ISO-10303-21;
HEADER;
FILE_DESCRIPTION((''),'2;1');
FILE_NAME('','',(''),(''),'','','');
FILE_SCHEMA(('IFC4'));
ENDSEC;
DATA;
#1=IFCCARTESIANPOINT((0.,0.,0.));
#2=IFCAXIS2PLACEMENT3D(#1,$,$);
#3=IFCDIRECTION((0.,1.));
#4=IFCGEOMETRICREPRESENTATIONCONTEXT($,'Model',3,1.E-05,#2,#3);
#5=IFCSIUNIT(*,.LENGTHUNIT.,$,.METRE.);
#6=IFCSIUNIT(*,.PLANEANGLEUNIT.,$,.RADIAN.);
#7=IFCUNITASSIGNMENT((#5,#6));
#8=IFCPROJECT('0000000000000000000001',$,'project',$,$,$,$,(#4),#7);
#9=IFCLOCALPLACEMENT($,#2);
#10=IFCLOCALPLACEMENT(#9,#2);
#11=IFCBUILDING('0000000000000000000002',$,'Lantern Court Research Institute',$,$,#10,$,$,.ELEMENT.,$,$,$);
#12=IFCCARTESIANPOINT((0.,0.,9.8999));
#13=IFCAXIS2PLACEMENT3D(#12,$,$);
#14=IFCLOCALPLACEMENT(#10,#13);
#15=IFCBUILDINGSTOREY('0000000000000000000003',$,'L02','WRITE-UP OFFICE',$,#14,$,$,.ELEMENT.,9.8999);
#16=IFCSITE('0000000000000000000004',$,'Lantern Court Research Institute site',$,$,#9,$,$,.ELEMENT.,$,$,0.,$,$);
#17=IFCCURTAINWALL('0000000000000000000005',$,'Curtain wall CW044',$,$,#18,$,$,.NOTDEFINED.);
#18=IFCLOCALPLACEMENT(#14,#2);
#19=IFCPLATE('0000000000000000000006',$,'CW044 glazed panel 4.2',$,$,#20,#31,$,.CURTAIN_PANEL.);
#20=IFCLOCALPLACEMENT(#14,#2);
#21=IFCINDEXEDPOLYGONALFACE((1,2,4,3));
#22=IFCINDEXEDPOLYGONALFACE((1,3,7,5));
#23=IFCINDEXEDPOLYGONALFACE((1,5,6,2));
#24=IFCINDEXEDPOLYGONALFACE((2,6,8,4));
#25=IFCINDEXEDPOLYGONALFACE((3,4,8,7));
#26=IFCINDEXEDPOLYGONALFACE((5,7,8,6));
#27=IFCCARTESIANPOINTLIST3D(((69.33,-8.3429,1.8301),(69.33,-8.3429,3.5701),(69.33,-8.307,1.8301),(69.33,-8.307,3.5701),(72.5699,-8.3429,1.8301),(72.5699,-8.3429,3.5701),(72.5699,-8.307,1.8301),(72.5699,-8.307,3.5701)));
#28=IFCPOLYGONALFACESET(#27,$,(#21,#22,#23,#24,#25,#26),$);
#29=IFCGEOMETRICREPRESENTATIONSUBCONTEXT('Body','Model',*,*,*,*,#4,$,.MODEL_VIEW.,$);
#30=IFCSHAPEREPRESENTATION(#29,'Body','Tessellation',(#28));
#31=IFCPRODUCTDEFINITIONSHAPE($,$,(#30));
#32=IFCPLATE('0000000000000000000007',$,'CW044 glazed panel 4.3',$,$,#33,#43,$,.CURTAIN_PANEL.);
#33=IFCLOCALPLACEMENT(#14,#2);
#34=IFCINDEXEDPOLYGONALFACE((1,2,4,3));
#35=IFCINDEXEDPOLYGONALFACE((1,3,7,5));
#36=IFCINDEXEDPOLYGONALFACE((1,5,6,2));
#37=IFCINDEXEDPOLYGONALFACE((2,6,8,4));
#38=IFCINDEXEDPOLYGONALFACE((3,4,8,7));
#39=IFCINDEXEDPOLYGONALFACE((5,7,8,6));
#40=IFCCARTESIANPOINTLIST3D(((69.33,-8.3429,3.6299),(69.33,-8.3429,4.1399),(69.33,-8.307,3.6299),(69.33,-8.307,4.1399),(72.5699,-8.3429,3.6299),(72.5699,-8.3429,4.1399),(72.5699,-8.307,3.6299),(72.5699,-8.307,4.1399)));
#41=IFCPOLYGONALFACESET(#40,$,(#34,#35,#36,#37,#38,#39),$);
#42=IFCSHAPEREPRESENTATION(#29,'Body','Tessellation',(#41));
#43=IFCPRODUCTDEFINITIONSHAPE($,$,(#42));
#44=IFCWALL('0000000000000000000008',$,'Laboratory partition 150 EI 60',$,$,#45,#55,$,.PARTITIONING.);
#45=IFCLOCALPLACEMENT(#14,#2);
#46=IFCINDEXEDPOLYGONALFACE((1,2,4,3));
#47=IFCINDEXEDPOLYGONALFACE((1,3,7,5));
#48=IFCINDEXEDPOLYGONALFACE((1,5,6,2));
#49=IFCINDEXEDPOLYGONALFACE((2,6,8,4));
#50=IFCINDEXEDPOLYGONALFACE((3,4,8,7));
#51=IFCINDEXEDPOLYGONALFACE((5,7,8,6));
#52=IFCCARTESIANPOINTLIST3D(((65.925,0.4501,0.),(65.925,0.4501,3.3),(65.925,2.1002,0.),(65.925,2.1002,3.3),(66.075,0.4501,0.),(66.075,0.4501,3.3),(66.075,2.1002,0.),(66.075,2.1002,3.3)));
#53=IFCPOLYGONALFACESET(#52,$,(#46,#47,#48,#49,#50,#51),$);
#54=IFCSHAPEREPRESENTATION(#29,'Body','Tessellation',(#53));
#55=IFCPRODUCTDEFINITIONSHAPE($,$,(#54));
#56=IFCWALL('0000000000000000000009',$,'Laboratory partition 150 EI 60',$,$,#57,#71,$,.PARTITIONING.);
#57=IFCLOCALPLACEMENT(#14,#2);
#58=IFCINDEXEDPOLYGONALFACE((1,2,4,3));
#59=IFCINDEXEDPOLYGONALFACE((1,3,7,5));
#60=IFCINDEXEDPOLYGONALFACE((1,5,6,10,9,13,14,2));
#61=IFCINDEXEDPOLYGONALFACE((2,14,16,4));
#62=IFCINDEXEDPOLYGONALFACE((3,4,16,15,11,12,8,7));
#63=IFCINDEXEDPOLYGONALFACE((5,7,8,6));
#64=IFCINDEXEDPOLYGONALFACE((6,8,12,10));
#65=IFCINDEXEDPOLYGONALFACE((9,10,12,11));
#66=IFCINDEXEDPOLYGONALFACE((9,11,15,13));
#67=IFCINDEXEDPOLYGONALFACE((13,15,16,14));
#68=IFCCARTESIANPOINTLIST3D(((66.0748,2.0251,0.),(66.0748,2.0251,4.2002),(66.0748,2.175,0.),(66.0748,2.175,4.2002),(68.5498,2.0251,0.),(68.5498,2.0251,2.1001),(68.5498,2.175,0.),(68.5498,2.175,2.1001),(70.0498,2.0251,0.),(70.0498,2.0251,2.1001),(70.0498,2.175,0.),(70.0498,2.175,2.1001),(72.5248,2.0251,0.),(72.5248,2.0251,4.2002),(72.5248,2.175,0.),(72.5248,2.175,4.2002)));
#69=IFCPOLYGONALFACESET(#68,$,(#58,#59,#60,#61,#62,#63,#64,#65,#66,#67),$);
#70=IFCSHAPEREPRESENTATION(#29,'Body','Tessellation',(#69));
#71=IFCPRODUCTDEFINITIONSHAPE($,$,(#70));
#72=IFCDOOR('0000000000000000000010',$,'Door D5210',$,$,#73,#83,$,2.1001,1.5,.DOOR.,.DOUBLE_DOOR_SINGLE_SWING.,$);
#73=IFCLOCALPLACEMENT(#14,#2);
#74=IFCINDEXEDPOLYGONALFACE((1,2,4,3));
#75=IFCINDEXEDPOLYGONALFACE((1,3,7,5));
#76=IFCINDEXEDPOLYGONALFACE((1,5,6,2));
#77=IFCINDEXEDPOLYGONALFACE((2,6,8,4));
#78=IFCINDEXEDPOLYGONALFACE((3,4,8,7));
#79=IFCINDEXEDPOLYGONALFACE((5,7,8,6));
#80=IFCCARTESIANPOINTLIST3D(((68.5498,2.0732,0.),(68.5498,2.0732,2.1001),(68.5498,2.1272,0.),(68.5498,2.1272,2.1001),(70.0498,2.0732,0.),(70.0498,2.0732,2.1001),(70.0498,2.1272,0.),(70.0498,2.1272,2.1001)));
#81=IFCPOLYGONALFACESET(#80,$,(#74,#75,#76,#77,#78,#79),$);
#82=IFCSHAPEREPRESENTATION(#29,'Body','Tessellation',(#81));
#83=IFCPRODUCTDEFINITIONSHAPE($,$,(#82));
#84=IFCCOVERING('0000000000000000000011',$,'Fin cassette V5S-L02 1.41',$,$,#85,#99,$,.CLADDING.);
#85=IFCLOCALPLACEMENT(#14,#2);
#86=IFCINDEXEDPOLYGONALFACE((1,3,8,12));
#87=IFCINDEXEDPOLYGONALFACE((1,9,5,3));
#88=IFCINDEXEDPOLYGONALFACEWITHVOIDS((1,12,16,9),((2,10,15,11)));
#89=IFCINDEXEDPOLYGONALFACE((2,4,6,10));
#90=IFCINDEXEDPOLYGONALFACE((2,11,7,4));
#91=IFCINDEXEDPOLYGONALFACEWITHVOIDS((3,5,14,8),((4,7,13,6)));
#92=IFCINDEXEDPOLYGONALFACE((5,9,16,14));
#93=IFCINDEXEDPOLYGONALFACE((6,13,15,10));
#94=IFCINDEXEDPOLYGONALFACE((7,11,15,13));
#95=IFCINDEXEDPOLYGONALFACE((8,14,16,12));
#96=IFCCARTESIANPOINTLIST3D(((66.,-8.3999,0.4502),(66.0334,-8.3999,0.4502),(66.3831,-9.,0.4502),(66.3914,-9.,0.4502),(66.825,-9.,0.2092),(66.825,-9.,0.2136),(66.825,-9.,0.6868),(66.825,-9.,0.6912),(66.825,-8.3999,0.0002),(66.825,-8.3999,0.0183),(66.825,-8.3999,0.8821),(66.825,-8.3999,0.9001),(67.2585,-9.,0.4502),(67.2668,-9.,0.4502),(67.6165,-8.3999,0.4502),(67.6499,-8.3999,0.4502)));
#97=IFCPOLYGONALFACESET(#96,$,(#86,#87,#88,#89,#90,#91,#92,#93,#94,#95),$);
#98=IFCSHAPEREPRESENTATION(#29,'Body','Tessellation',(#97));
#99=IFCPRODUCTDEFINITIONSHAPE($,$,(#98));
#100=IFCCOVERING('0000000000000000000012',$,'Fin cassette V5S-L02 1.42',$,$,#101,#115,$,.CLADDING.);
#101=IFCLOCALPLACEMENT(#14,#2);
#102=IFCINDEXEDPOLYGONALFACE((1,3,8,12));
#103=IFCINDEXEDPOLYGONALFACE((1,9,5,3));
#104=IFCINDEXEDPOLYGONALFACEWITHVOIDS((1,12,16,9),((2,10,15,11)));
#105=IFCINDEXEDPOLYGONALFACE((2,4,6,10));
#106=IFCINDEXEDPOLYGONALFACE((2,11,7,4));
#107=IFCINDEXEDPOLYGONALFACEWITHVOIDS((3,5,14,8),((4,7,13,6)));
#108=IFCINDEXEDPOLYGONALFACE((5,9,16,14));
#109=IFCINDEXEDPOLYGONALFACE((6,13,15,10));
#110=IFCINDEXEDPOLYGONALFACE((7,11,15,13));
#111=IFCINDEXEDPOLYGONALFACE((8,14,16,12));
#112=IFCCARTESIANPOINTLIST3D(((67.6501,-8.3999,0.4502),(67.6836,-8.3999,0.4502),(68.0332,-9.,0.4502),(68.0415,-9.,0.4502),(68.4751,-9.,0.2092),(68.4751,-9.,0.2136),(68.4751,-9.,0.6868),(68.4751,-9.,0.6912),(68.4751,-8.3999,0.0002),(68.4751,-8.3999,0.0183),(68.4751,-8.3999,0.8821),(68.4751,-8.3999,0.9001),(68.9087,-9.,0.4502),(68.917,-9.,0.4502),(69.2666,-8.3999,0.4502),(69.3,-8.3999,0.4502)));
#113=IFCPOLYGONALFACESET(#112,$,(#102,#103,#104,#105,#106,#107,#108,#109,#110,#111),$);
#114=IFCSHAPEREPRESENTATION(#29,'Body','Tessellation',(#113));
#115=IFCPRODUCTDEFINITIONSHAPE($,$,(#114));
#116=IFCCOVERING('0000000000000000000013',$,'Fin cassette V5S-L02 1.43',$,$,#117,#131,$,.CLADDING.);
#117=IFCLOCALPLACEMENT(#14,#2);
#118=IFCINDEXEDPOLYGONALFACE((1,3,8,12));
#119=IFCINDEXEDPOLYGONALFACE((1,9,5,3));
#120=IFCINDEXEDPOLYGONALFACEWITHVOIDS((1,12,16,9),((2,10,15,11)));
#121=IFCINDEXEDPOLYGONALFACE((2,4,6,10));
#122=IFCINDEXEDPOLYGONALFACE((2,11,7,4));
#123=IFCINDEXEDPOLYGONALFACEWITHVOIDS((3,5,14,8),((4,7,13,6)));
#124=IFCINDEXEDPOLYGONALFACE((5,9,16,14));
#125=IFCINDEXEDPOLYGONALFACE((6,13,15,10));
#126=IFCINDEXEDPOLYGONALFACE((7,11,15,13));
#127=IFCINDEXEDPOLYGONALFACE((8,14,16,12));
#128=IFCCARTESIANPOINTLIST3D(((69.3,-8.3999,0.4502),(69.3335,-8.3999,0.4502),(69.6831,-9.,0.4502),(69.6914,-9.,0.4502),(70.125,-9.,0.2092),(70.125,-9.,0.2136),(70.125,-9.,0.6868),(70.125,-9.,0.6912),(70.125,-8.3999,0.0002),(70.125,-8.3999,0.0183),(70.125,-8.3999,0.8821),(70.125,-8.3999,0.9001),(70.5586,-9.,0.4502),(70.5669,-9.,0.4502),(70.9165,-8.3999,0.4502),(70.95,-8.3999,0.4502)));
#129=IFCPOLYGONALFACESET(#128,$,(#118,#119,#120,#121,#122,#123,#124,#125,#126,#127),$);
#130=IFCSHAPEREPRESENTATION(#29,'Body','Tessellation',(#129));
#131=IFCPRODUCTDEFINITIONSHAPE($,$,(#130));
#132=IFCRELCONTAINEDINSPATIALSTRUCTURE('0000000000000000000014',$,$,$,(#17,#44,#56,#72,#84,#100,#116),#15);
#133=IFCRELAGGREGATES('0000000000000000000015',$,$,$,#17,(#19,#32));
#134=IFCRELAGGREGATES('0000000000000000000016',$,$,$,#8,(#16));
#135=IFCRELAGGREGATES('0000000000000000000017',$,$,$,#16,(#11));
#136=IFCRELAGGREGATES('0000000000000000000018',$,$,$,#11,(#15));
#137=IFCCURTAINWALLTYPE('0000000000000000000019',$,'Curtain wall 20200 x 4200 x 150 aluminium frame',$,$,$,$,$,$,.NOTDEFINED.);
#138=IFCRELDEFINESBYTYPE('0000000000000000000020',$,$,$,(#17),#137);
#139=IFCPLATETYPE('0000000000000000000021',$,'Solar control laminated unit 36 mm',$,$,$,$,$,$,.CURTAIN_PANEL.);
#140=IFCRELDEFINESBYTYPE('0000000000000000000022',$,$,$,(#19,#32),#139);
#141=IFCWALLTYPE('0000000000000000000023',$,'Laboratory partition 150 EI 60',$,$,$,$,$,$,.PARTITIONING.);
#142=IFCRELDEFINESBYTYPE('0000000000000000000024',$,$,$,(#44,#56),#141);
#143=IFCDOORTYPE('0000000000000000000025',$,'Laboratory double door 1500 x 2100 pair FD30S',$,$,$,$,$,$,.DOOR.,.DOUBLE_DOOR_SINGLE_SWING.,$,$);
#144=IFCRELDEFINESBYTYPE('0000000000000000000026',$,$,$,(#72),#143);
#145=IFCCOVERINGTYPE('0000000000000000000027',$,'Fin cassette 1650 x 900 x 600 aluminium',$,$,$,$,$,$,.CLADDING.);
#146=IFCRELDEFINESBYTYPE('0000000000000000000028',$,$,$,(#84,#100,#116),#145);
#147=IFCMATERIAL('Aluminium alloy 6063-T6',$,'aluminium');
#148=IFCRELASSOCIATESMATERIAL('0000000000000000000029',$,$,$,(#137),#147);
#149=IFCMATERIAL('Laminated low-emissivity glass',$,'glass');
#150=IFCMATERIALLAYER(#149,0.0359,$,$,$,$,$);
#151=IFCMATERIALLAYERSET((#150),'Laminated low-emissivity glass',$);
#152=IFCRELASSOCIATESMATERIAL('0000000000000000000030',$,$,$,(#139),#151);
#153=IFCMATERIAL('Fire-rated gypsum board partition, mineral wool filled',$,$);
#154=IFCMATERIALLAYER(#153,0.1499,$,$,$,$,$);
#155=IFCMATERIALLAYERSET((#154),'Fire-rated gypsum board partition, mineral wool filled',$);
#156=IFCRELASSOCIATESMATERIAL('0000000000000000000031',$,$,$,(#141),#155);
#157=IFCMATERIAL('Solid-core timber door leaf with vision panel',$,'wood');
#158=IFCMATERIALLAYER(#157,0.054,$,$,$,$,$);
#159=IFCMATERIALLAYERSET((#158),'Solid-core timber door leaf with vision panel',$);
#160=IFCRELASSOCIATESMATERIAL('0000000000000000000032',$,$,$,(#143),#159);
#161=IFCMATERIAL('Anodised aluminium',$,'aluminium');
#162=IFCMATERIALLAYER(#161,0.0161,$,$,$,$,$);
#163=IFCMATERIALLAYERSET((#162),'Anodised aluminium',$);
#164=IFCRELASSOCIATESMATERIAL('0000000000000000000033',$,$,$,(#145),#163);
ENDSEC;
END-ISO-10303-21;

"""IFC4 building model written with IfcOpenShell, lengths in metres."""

from ifc_helpers import new_model, entity, si_unit, direction, frame, frame_2d, origin, origin_2d, place, context, subcontext, project, spatial, rectangle, extrude, material, layer, layer_set, type_object, element, fill, aggregate, save


model = new_model("IFC4")

# Units and contexts
model_context = context("Model", 3, precision=1e-05, world=origin(), true_north=direction((0.0, 1.0)))
body_context = subcontext(model_context, "Body", "Model", "MODEL_VIEW")
ifc_project = project(units=[si_unit("LENGTHUNIT", "METRE"), si_unit("PLANEANGLEUNIT", "RADIAN")], contexts=[model_context])

# Site, building, storey
site_placement = place(None, origin())
site = spatial("IfcSite", under=ifc_project, at=site_placement, Name="Lantern Court Research Institute site", CompositionType="ELEMENT", RefElevation=0.0)
building_placement = place(site_placement, origin())
building = spatial("IfcBuilding", under=site, at=building_placement, Name="Lantern Court Research Institute", CompositionType="ELEMENT")
storey_placement = place(building_placement, frame((0.0, 0.0, 9.8999)))
storey = spatial("IfcBuildingStorey", under=building, at=storey_placement, Name="L02", Description="WRITE-UP OFFICE", CompositionType="ELEMENT", Elevation=9.8999)

# Curtain wall
ifc_material_1 = material(Name="Aluminium alloy 6063-T6", Category="aluminium")
curtain_wall_type = type_object("IfcCurtainWallType", Name="Curtain wall 20200 x 4200 x 150 aluminium frame", PredefinedType="NOTDEFINED", material=ifc_material_1)
curtain_wall_placement = place(storey_placement, origin())
curtain_wall = element("IfcCurtainWall", 1, at=curtain_wall_placement, inside=storey, type_object=curtain_wall_type, Name="Curtain wall CW044", PredefinedType="NOTDEFINED")

# Plates
ifc_material_2 = material(Name="Laminated low-emissivity glass", Category="glass")
ifc_layer_1 = layer(ifc_material_2, 0.0359)
ifc_layer_set_1 = layer_set([ifc_layer_1], Name="Laminated low-emissivity glass")
plate_type_1 = type_object("IfcPlateType", Name="Solar control laminated unit 36 mm", PredefinedType="CURTAIN_PANEL", material=ifc_layer_set_1)
plate_1_placement = place(storey_placement, frame((70.95, -8.325, 1.8301), z_axis=(0.0, 0.0, 1.0), x_axis=(-1.0, 0.0, 0.0)))
plate_1 = element("IfcPlate", 2, at=plate_1_placement, type_object=plate_type_1, Name="CW044 glazed panel 4.2", PredefinedType="CURTAIN_PANEL", context=body_context, shape_type="SweptSolid", body=[
    extrude(rectangle(XDim=3.24, YDim=0.0359, at=origin_2d()), origin(), (0.0, 0.0, 1.0), 1.74),
])
plate_2_placement = place(storey_placement, frame((70.95, -8.325, 3.6299), z_axis=(0.0, 0.0, 1.0), x_axis=(-1.0, 0.0, 0.0)))
plate_2 = element("IfcPlate", 3, at=plate_2_placement, type_object=plate_type_1, Name="CW044 glazed panel 4.3", PredefinedType="CURTAIN_PANEL", context=body_context, shape_type="SweptSolid", body=[
    extrude(rectangle(XDim=3.24, YDim=0.0359, at=origin_2d()), origin(), (0.0, 0.0, 1.0), 0.51),
])
aggregate(curtain_wall, [plate_1, plate_2])

# Wall
ifc_material_3 = material(Name="Fire-rated gypsum board partition, mineral wool filled")
ifc_layer_2 = layer(ifc_material_3, 0.1499)
ifc_layer_set_2 = layer_set([ifc_layer_2], Name="Fire-rated gypsum board partition, mineral wool filled")
wall_type = type_object("IfcWallType", Name="Laboratory partition 150 EI 60", PredefinedType="PARTITIONING", material=ifc_layer_set_2)
wall_1_placement = place(storey_placement, frame((66.0, 0.45, 0.0), z_axis=(0.0, 0.0, 1.0), x_axis=(0.0, 1.0, 0.0)))
element("IfcWall", 4, at=wall_1_placement, inside=storey, type_object=wall_type, Name="Laboratory partition 150 EI 60", PredefinedType="PARTITIONING", context=body_context, shape_type="SweptSolid", body=[
    extrude(rectangle(XDim=1.6501, YDim=0.1499, at=frame_2d((0.8252, 0.0))), origin(), (0.0, 0.0, 1.0), 3.3),
])

# Wall, opening, door
wall_2_placement = place(storey_placement, frame((72.5249, 2.1001, 0.0), z_axis=(0.0, 0.0, 1.0), x_axis=(-1.0, 0.0, 0.0)))
wall_2 = element("IfcWall", 5, at=wall_2_placement, inside=storey, type_object=wall_type, Name="Laboratory partition 150 EI 60", PredefinedType="PARTITIONING", context=body_context, shape_type="SweptSolid", body=[
    extrude(rectangle(XDim=6.45, YDim=0.1499, at=frame_2d((3.2251, 0.0))), origin(), (0.0, 0.0, 1.0), 4.2002),
])
opening_placement = place(wall_2_placement, frame((2.4751, 0.0, 0.0)))
opening = element("IfcOpeningElement", 6, at=opening_placement, cuts=wall_2, PredefinedType="OPENING", context=body_context, shape_type="SweptSolid", body=[
    extrude(rectangle(XDim=1.5, YDim=2.1001, at=frame_2d((0.75, 1.05))), frame((0.0, 0.085, 0.0), z_axis=(0.0, -1.0, 0.0), x_axis=(1.0, 0.0, 0.0)), (0.0, 0.0, 1.0), 0.1699),
])
ifc_material_4 = material(Name="Solid-core timber door leaf with vision panel", Category="wood")
ifc_layer_3 = layer(ifc_material_4, 0.054)
ifc_layer_set_3 = layer_set([ifc_layer_3], Name="Solid-core timber door leaf with vision panel")
door_type = type_object("IfcDoorType", Name="Laboratory double door 1500 x 2100 pair FD30S", OperationType="DOUBLE_DOOR_SINGLE_SWING", PredefinedType="DOOR", material=ifc_layer_set_3)
door_placement = place(opening_placement, origin())
door = element("IfcDoor", 7, at=door_placement, inside=storey, type_object=door_type, Name="Door D5210", OperationType="DOUBLE_DOOR_SINGLE_SWING", OverallHeight=2.1001, OverallWidth=1.5, PredefinedType="DOOR", context=body_context, shape_type="SweptSolid", body=[
    extrude(rectangle(XDim=1.5, YDim=2.1001, at=frame_2d((0.75, 1.05))), frame((0.0, 0.0269, 0.0), z_axis=(0.0, -1.0, 0.0), x_axis=(1.0, 0.0, 0.0)), (0.0, 0.0, 1.0), 0.054),
])
fill(opening, door)

# Coverings
ifc_material_5 = material(Name="Anodised aluminium", Category="aluminium")
ifc_layer_4 = layer(ifc_material_5, 0.0161)
ifc_layer_set_4 = layer_set([ifc_layer_4], Name="Anodised aluminium")
covering_type = type_object("IfcCoveringType", Name="Fin cassette 1650 x 900 x 600 aluminium", PredefinedType="CLADDING", material=ifc_layer_set_4)
covering_1_placement = place(storey_placement, frame((66.825, -8.3999, 0.4502), z_axis=(0.0, -1.0, 0.0), x_axis=(1.0, 0.0, 0.0)))
cartesian_point_1 = entity("IfcCartesianPoint", [0.825, 0.0])
cartesian_point_2 = entity("IfcCartesianPoint", [0.7915, 0.0])
cartesian_point_3 = entity("IfcCartesianPoint", [0.4419, 0.0])
cartesian_point_4 = entity("IfcCartesianPoint", [0.4336, 0.0])
element("IfcCovering", 8, at=covering_1_placement, inside=storey, type_object=covering_type, Name="Fin cassette V5S-L02 1.41", PredefinedType="CLADDING", context=body_context, shape_type="SweptSolid", body=[
    entity("IfcExtrudedAreaSolidTapered", entity("IfcArbitraryProfileDefWithVoids", "AREA", None, entity("IfcPolyline", [cartesian_point_1, entity("IfcCartesianPoint", [0.0, 0.45]), entity("IfcCartesianPoint", [-0.825, 0.0]), entity("IfcCartesianPoint", [0.0, -0.45]), cartesian_point_1]), [entity("IfcPolyline", [cartesian_point_2, entity("IfcCartesianPoint", [0.0, 0.4319]), entity("IfcCartesianPoint", [-0.7915, 0.0]), entity("IfcCartesianPoint", [0.0, -0.4319]), cartesian_point_2])]), entity("IfcAxis2Placement3D", entity("IfcCartesianPoint", [0.0, 0.0, 0.0])), entity("IfcDirection", [0.0, 0.0, 1.0]), 0.6001, entity("IfcArbitraryProfileDefWithVoids", "AREA", None, entity("IfcPolyline", [cartesian_point_3, entity("IfcCartesianPoint", [0.0, 0.241]), entity("IfcCartesianPoint", [-0.4419, 0.0]), entity("IfcCartesianPoint", [0.0, -0.241]), cartesian_point_3]), [entity("IfcPolyline", [cartesian_point_4, entity("IfcCartesianPoint", [0.0, 0.2366]), entity("IfcCartesianPoint", [-0.4336, 0.0]), entity("IfcCartesianPoint", [0.0, -0.2366]), cartesian_point_4])])),
])
covering_2_placement = place(storey_placement, frame((68.4751, -8.3999, 0.4502), z_axis=(0.0, -1.0, 0.0), x_axis=(1.0, 0.0, 0.0)))
cartesian_point_5 = entity("IfcCartesianPoint", [0.825, 0.0])
cartesian_point_6 = entity("IfcCartesianPoint", [0.7915, 0.0])
cartesian_point_7 = entity("IfcCartesianPoint", [0.4419, 0.0])
cartesian_point_8 = entity("IfcCartesianPoint", [0.4336, 0.0])
element("IfcCovering", 9, at=covering_2_placement, inside=storey, type_object=covering_type, Name="Fin cassette V5S-L02 1.42", PredefinedType="CLADDING", context=body_context, shape_type="SweptSolid", body=[
    entity("IfcExtrudedAreaSolidTapered", entity("IfcArbitraryProfileDefWithVoids", "AREA", None, entity("IfcPolyline", [cartesian_point_5, entity("IfcCartesianPoint", [0.0, 0.45]), entity("IfcCartesianPoint", [-0.825, 0.0]), entity("IfcCartesianPoint", [0.0, -0.45]), cartesian_point_5]), [entity("IfcPolyline", [cartesian_point_6, entity("IfcCartesianPoint", [0.0, 0.4319]), entity("IfcCartesianPoint", [-0.7915, 0.0]), entity("IfcCartesianPoint", [0.0, -0.4319]), cartesian_point_6])]), entity("IfcAxis2Placement3D", entity("IfcCartesianPoint", [0.0, 0.0, 0.0])), entity("IfcDirection", [0.0, 0.0, 1.0]), 0.6001, entity("IfcArbitraryProfileDefWithVoids", "AREA", None, entity("IfcPolyline", [cartesian_point_7, entity("IfcCartesianPoint", [0.0, 0.241]), entity("IfcCartesianPoint", [-0.4419, 0.0]), entity("IfcCartesianPoint", [0.0, -0.241]), cartesian_point_7]), [entity("IfcPolyline", [cartesian_point_8, entity("IfcCartesianPoint", [0.0, 0.2366]), entity("IfcCartesianPoint", [-0.4336, 0.0]), entity("IfcCartesianPoint", [0.0, -0.2366]), cartesian_point_8])])),
])
covering_3_placement = place(storey_placement, frame((70.125, -8.3999, 0.4502), z_axis=(0.0, -1.0, 0.0), x_axis=(1.0, 0.0, 0.0)))
cartesian_point_9 = entity("IfcCartesianPoint", [0.825, 0.0])
cartesian_point_10 = entity("IfcCartesianPoint", [0.7915, 0.0])
cartesian_point_11 = entity("IfcCartesianPoint", [0.4419, 0.0])
cartesian_point_12 = entity("IfcCartesianPoint", [0.4336, 0.0])
element("IfcCovering", 10, at=covering_3_placement, inside=storey, type_object=covering_type, Name="Fin cassette V5S-L02 1.43", PredefinedType="CLADDING", context=body_context, shape_type="SweptSolid", body=[
    entity("IfcExtrudedAreaSolidTapered", entity("IfcArbitraryProfileDefWithVoids", "AREA", None, entity("IfcPolyline", [cartesian_point_9, entity("IfcCartesianPoint", [0.0, 0.45]), entity("IfcCartesianPoint", [-0.825, 0.0]), entity("IfcCartesianPoint", [0.0, -0.45]), cartesian_point_9]), [entity("IfcPolyline", [cartesian_point_10, entity("IfcCartesianPoint", [0.0, 0.4319]), entity("IfcCartesianPoint", [-0.7915, 0.0]), entity("IfcCartesianPoint", [0.0, -0.4319]), cartesian_point_10])]), entity("IfcAxis2Placement3D", entity("IfcCartesianPoint", [0.0, 0.0, 0.0])), entity("IfcDirection", [0.0, 0.0, 1.0]), 0.6001, entity("IfcArbitraryProfileDefWithVoids", "AREA", None, entity("IfcPolyline", [cartesian_point_11, entity("IfcCartesianPoint", [0.0, 0.241]), entity("IfcCartesianPoint", [-0.4419, 0.0]), entity("IfcCartesianPoint", [0.0, -0.241]), cartesian_point_11]), [entity("IfcPolyline", [cartesian_point_12, entity("IfcCartesianPoint", [0.0, 0.2366]), entity("IfcCartesianPoint", [-0.4336, 0.0]), entity("IfcCartesianPoint", [0.0, -0.2366]), cartesian_point_12])])),
])

save(model, "model.ifc")
